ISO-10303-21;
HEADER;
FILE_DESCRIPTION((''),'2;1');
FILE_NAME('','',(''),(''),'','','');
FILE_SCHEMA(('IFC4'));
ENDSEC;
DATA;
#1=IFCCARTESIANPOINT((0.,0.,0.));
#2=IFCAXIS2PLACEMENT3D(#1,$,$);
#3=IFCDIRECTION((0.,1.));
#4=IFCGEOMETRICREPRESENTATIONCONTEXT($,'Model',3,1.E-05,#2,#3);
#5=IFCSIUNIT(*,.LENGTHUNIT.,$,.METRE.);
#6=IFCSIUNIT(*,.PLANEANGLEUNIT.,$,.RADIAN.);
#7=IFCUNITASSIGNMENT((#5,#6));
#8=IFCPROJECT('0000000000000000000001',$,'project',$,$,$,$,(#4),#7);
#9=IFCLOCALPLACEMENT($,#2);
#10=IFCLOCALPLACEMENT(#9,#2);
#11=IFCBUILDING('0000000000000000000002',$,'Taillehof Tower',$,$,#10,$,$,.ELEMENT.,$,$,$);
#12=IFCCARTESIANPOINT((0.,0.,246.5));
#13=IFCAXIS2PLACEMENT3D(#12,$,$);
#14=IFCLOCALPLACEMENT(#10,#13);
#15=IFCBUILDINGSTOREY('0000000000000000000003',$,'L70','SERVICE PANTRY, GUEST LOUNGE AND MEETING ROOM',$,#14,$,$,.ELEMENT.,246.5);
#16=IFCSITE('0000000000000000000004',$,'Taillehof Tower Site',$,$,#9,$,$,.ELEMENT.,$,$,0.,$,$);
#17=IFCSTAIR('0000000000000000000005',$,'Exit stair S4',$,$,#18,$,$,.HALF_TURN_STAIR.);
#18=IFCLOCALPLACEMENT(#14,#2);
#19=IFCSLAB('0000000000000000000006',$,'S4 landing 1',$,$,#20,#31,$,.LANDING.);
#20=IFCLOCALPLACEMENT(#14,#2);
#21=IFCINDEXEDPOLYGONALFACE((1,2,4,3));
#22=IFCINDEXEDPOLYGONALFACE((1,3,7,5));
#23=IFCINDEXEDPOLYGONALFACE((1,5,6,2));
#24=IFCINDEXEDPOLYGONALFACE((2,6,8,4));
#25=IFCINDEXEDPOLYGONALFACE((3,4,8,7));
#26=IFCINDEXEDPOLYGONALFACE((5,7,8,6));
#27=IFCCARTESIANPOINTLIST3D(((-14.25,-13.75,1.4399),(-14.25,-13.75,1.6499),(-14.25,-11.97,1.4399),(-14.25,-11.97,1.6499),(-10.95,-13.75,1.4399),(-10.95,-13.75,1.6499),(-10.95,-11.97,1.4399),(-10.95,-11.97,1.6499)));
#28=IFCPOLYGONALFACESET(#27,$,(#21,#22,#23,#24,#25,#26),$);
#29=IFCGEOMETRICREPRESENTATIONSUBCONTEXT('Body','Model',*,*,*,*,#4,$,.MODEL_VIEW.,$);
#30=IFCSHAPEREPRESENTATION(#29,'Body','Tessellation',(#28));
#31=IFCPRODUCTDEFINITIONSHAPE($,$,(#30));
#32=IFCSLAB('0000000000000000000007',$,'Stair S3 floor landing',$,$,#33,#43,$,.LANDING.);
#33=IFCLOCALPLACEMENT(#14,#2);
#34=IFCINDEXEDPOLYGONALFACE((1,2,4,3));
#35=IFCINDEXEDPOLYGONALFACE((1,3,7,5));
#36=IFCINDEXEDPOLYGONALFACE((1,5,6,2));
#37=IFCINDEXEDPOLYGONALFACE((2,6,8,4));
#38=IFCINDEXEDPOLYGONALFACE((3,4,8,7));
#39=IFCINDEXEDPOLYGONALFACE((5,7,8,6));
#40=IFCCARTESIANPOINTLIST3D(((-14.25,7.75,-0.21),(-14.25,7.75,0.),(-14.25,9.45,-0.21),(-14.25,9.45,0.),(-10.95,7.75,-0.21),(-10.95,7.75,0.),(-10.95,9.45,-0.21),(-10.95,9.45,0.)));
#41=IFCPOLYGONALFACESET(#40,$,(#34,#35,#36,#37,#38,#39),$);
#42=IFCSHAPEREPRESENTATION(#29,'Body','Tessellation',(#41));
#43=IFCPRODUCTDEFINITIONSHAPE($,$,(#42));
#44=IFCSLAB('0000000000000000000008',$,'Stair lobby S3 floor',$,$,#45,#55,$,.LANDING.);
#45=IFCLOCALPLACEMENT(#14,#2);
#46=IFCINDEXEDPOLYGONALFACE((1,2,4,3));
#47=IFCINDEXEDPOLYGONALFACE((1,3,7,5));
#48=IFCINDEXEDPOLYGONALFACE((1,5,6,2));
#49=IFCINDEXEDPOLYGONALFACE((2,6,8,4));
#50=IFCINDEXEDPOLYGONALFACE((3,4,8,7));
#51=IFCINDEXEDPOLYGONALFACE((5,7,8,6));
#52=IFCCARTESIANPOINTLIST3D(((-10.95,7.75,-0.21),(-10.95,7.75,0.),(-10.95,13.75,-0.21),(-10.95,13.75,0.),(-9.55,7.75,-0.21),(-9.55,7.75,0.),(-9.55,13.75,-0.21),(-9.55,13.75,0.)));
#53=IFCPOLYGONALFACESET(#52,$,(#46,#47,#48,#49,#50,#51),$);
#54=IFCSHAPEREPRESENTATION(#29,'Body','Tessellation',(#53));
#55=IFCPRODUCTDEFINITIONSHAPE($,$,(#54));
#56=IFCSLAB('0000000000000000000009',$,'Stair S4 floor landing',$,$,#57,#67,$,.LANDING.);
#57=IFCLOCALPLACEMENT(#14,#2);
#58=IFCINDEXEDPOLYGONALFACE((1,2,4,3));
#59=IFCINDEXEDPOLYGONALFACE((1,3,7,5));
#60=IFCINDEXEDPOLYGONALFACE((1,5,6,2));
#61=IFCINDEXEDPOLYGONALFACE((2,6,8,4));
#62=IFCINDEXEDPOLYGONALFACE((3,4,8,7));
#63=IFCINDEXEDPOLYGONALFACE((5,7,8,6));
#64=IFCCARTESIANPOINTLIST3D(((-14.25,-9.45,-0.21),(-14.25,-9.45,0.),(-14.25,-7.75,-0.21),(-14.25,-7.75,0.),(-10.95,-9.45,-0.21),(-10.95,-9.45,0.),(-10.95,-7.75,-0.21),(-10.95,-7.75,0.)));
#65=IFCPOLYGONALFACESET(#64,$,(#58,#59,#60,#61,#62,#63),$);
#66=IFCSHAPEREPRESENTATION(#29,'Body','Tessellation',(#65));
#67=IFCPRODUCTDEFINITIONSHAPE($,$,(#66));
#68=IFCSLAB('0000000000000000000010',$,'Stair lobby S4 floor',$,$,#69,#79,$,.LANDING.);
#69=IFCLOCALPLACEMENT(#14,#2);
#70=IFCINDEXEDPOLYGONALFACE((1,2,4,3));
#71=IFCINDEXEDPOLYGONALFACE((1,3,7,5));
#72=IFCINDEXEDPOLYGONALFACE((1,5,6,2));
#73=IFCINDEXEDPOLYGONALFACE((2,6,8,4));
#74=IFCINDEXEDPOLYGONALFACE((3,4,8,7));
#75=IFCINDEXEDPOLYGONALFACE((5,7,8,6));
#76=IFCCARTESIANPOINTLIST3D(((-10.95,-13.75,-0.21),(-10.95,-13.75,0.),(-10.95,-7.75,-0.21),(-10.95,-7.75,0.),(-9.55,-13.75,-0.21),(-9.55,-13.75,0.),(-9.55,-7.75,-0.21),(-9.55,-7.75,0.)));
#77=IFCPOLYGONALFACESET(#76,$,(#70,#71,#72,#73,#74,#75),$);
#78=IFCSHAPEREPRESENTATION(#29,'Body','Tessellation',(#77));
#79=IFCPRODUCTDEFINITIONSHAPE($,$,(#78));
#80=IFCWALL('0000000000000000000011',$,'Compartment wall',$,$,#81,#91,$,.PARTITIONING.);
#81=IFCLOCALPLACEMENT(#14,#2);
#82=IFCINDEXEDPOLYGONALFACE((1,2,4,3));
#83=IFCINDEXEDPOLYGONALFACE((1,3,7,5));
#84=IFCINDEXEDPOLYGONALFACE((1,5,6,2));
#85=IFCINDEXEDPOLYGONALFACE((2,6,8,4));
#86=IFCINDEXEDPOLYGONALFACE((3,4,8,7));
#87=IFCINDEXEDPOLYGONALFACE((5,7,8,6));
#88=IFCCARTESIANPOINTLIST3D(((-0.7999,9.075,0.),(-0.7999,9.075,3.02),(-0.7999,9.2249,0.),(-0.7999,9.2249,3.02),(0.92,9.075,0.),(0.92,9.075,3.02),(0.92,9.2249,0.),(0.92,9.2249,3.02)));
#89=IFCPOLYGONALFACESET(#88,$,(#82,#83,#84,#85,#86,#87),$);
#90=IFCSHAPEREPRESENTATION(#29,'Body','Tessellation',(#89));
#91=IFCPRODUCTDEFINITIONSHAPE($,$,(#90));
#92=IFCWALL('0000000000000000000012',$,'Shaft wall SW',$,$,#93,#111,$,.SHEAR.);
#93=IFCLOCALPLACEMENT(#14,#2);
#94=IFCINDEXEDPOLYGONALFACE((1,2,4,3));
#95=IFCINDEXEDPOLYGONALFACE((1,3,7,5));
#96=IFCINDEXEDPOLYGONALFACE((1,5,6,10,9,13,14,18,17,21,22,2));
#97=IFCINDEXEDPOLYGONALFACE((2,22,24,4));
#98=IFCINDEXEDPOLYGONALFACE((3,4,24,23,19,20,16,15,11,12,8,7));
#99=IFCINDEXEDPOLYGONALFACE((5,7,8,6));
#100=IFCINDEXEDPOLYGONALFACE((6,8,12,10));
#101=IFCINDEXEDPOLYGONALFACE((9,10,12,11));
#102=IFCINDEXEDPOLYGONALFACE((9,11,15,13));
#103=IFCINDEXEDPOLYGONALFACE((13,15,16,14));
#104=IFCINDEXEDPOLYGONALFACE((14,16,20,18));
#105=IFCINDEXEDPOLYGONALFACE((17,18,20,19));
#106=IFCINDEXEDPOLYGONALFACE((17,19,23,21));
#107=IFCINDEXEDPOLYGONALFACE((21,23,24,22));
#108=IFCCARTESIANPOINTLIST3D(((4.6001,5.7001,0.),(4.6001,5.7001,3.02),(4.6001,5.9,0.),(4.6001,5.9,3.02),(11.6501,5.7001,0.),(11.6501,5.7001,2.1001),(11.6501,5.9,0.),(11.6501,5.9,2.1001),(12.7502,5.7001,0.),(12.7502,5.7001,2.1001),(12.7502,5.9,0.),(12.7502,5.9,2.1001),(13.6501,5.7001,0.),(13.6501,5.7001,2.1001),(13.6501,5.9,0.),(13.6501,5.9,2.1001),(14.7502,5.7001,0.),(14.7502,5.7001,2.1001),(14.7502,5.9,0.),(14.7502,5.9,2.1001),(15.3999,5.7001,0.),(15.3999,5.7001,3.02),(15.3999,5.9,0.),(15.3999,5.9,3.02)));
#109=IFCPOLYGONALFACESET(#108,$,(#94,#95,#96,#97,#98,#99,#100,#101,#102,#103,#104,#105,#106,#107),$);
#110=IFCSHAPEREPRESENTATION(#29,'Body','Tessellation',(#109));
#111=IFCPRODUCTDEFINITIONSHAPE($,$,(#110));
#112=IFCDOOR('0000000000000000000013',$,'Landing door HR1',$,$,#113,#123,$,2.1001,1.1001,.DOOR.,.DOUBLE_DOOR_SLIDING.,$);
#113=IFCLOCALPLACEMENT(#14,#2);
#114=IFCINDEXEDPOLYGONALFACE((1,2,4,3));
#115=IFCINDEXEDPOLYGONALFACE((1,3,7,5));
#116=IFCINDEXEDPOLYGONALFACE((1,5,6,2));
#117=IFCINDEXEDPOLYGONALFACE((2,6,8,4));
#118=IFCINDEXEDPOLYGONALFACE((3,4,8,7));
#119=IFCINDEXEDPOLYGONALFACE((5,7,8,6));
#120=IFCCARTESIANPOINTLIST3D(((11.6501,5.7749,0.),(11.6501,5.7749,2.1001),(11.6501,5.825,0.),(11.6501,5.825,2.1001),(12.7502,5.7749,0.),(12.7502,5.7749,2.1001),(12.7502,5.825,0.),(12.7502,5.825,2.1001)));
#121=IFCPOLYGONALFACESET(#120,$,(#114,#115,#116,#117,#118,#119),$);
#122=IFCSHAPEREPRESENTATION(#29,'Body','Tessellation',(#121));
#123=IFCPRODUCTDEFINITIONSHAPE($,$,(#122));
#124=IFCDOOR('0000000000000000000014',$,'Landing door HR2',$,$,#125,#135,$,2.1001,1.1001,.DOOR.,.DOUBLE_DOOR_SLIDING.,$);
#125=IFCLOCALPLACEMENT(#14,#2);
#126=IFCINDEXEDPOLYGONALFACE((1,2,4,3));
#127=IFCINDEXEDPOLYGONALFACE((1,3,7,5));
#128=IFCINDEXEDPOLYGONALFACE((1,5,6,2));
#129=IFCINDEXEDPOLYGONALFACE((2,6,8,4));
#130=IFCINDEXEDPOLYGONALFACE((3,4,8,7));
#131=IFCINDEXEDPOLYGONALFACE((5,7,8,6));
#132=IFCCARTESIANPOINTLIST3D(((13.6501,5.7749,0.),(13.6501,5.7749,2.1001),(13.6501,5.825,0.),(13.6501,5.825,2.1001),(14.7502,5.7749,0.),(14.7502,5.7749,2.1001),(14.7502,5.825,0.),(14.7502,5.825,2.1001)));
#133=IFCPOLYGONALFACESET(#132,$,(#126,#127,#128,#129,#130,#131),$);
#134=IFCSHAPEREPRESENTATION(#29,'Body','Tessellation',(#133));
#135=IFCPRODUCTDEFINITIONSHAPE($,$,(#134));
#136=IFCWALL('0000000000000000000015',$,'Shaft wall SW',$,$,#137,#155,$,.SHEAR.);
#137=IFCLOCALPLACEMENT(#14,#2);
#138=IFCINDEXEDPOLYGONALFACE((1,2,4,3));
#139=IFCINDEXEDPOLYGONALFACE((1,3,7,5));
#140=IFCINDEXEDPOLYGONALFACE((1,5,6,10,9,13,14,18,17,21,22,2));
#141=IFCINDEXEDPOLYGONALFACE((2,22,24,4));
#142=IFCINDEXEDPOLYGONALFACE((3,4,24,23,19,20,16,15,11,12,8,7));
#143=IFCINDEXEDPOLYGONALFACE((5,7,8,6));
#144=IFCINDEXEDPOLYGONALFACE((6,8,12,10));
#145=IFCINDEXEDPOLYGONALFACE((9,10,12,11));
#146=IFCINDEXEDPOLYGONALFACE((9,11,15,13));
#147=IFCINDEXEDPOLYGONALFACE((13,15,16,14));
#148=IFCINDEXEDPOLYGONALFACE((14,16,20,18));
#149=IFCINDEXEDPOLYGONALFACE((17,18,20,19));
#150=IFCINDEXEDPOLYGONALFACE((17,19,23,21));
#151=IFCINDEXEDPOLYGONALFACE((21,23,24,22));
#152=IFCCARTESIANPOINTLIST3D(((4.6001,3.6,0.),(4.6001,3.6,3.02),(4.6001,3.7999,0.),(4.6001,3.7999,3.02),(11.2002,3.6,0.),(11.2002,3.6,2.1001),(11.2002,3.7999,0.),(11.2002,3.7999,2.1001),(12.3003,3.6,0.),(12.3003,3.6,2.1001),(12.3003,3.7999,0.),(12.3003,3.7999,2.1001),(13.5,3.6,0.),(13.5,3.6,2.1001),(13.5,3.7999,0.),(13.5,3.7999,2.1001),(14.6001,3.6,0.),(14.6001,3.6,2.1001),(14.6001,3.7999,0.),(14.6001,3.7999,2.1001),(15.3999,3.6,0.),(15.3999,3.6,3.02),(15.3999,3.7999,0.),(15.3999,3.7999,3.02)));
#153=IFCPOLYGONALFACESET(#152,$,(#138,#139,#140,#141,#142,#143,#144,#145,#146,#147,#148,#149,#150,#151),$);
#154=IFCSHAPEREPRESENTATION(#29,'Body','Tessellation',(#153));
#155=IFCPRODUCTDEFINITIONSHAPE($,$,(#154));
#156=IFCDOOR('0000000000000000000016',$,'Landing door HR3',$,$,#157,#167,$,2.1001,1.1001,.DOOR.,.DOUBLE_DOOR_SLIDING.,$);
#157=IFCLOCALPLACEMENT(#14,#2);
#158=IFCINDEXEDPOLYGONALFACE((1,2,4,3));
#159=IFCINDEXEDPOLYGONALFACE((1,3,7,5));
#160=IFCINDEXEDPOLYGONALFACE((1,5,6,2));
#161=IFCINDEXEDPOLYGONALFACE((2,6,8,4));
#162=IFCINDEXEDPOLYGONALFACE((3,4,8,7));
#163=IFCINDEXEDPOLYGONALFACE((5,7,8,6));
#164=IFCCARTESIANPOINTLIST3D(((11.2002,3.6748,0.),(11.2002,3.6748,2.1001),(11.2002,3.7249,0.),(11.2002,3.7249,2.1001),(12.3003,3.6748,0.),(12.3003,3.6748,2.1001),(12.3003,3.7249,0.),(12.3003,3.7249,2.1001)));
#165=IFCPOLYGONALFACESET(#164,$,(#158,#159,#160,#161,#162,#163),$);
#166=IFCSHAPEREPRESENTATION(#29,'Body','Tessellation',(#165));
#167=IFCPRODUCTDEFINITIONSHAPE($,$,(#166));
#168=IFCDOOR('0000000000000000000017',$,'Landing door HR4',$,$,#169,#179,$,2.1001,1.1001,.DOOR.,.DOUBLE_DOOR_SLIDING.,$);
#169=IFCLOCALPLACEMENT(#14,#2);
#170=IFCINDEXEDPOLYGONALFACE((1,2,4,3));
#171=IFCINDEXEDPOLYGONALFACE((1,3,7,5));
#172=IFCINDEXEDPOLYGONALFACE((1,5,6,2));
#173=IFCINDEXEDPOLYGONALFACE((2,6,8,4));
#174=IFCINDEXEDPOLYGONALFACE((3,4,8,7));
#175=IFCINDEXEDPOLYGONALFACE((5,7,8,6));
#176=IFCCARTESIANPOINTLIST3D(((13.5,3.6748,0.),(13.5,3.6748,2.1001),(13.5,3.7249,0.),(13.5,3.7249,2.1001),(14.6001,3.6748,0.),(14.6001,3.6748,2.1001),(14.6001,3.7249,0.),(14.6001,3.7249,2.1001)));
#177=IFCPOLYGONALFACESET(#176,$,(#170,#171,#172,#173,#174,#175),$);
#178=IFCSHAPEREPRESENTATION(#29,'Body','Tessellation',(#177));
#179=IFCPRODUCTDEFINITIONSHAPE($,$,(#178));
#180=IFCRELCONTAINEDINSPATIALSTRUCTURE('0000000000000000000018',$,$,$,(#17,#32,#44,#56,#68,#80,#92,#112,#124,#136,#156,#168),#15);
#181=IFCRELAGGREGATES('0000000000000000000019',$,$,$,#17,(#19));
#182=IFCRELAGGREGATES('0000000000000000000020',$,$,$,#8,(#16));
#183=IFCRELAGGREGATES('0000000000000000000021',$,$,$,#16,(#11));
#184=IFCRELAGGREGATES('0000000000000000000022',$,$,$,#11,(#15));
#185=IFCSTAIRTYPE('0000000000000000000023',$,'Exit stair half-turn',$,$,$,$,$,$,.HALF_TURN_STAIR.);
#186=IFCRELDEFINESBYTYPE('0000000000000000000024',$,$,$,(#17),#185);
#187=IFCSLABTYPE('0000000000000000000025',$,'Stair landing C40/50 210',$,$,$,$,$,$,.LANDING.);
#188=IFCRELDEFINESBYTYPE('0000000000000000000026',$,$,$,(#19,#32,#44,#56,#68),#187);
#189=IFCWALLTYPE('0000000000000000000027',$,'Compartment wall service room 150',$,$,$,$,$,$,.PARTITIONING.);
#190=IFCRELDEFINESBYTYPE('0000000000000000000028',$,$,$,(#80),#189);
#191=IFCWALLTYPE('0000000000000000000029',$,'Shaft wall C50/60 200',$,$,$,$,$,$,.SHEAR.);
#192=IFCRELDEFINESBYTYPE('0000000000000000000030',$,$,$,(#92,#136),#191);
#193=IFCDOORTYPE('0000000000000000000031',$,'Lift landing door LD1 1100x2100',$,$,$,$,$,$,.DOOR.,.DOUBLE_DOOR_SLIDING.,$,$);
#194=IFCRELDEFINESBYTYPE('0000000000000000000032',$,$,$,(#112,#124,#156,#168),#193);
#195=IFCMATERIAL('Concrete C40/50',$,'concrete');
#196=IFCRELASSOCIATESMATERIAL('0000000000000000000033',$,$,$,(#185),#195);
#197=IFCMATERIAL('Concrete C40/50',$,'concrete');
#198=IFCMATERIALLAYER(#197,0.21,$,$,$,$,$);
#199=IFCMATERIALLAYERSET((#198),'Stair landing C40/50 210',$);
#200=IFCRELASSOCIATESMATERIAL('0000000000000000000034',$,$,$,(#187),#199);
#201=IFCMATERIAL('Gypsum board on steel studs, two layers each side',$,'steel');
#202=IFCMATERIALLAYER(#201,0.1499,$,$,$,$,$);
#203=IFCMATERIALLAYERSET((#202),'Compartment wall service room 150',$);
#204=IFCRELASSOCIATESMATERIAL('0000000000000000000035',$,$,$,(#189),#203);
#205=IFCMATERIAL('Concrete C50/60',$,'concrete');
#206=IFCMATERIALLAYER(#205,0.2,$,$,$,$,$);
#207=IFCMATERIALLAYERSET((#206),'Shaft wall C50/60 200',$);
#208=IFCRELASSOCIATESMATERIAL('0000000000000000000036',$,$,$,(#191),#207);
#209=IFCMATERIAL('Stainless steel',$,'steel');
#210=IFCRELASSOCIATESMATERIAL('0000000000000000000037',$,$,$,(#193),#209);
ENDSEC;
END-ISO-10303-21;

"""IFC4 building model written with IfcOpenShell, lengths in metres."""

from ifc_helpers import new_model, si_unit, direction, frame, frame_2d, origin, place, context, subcontext, project, spatial, polyline, rectangle, outline, extrude, material, layer, layer_set, type_object, element, fill, aggregate, save


model = new_model("IFC4")

# Units and contexts
model_context = context("Model", 3, precision=1e-05, world=origin(), true_north=direction((0.0, 1.0)))
body_context = subcontext(model_context, "Body", "Model", "MODEL_VIEW")
ifc_project = project(units=[si_unit("LENGTHUNIT", "METRE"), si_unit("PLANEANGLEUNIT", "RADIAN")], contexts=[model_context])

# Site, building, storey
site_placement = place(None, origin())
site = spatial("IfcSite", under=ifc_project, at=site_placement, Name="Taillehof Tower Site", CompositionType="ELEMENT", RefElevation=0.0)
building_placement = place(site_placement, origin())
building = spatial("IfcBuilding", under=site, at=building_placement, Name="Taillehof Tower", CompositionType="ELEMENT")
storey_placement = place(building_placement, frame((0.0, 0.0, 246.5)))
storey = spatial("IfcBuildingStorey", under=building, at=storey_placement, Name="L70", Description="SERVICE PANTRY, GUEST LOUNGE AND MEETING ROOM", CompositionType="ELEMENT", Elevation=246.5)

# Stair, slab
ifc_material_1 = material(Name="Concrete C40/50", Category="concrete")
stair_type = type_object("IfcStairType", Name="Exit stair half-turn", PredefinedType="HALF_TURN_STAIR", material=ifc_material_1)
ifc_material_2 = material(Name="Concrete C40/50", Category="concrete")
ifc_layer_1 = layer(ifc_material_2, 0.21)
ifc_layer_set_1 = layer_set([ifc_layer_1], Name="Stair landing C40/50 210")
slab_type_1 = type_object("IfcSlabType", Name="Stair landing C40/50 210", PredefinedType="LANDING", material=ifc_layer_set_1)
stair_1_placement = place(storey_placement, origin())
stair_1 = element("IfcStair", 1, at=stair_1_placement, inside=storey, type_object=stair_type, Name="Exit stair S4", PredefinedType="HALF_TURN_STAIR")
slab_1_placement = place(storey_placement, frame((0.0, 0.0, 1.4399)))
slab_1 = element("IfcSlab", 2, at=slab_1_placement, type_object=slab_type_1, Name="S4 landing 1", PredefinedType="LANDING", context=body_context, shape_type="SweptSolid", body=[
    extrude(outline(polyline([(-14.25, -11.97), (-14.25, -13.75), (-10.95, -13.75), (-10.95, -11.97), (-14.25, -11.97)])), origin(), (0.0, 0.0, 1.0), 0.21),
])
aggregate(stair_1, [slab_1])

# Slabs
slab_2_placement = place(storey_placement, frame((0.0, 0.0, -0.21)))
element("IfcSlab", 3, at=slab_2_placement, inside=storey, type_object=slab_type_1, Name="Stair S3 floor landing", PredefinedType="LANDING", context=body_context, shape_type="SweptSolid", body=[
    extrude(outline(polyline([(-14.25, 7.75), (-14.25, 9.45), (-10.95, 9.45), (-10.95, 7.75), (-14.25, 7.75)])), origin(), (0.0, 0.0, 1.0), 0.21),
])
slab_3_placement = place(storey_placement, frame((0.0, 0.0, -0.21)))
element("IfcSlab", 4, at=slab_3_placement, inside=storey, type_object=slab_type_1, Name="Stair lobby S3 floor", PredefinedType="LANDING", context=body_context, shape_type="SweptSolid", body=[
    extrude(outline(polyline([(-10.95, 7.75), (-9.55, 7.75), (-9.55, 13.75), (-10.95, 13.75), (-10.95, 7.75)])), origin(), (0.0, 0.0, 1.0), 0.21),
])
slab_4_placement = place(storey_placement, frame((0.0, 0.0, -0.21)))
element("IfcSlab", 5, at=slab_4_placement, inside=storey, type_object=slab_type_1, Name="Stair S4 floor landing", PredefinedType="LANDING", context=body_context, shape_type="SweptSolid", body=[
    extrude(outline(polyline([(-14.25, -7.75), (-14.25, -9.45), (-10.95, -9.45), (-10.95, -7.75), (-14.25, -7.75)])), origin(), (0.0, 0.0, 1.0), 0.21),
])
slab_5_placement = place(storey_placement, frame((0.0, 0.0, -0.21)))
element("IfcSlab", 6, at=slab_5_placement, inside=storey, type_object=slab_type_1, Name="Stair lobby S4 floor", PredefinedType="LANDING", context=body_context, shape_type="SweptSolid", body=[
    extrude(outline(polyline([(-10.95, -13.75), (-9.55, -13.75), (-9.55, -7.75), (-10.95, -7.75), (-10.95, -13.75)])), origin(), (0.0, 0.0, 1.0), 0.21),
])

# Wall
ifc_material_3 = material(Name="Gypsum board on steel studs, two layers each side", Category="steel")
ifc_layer_2 = layer(ifc_material_3, 0.1499)
ifc_layer_set_2 = layer_set([ifc_layer_2], Name="Compartment wall service room 150")
wall_type_1 = type_object("IfcWallType", Name="Compartment wall service room 150", PredefinedType="PARTITIONING", material=ifc_layer_set_2)
wall_1_placement = place(storey_placement, frame((0.9199, 9.1499, 0.0), z_axis=(0.0, 0.0, 1.0), x_axis=(-1.0, 0.0, 0.0)))
element("IfcWall", 7, at=wall_1_placement, inside=storey, type_object=wall_type_1, Name="Compartment wall", PredefinedType="PARTITIONING", context=body_context, shape_type="SweptSolid", body=[
    extrude(rectangle(XDim=1.72, YDim=0.1499, at=frame_2d((0.8599, 0.0))), origin(), (0.0, 0.0, 1.0), 3.02),
])

# Walls, openings, doors
ifc_material_4 = material(Name="Concrete C50/60", Category="concrete")
ifc_layer_3 = layer(ifc_material_4, 0.2)
ifc_layer_set_3 = layer_set([ifc_layer_3], Name="Shaft wall C50/60 200")
wall_type_2 = type_object("IfcWallType", Name="Shaft wall C50/60 200", PredefinedType="SHEAR", material=ifc_layer_set_3)
wall_2_placement = place(storey_placement, frame((4.6001, 5.8, 0.0), z_axis=(0.0, 0.0, 1.0), x_axis=(1.0, 0.0, 0.0)))
wall_2 = element("IfcWall", 8, at=wall_2_placement, inside=storey, type_object=wall_type_2, Name="Shaft wall SW", PredefinedType="SHEAR", context=body_context, shape_type="SweptSolid", body=[
    extrude(rectangle(XDim=10.7998, YDim=0.2, at=frame_2d((5.3999, 0.0))), origin(), (0.0, 0.0, 1.0), 3.02),
])
opening_1_placement = place(wall_2_placement, frame((7.05, 0.0, 0.0)))
opening_1 = element("IfcOpeningElement", 9, at=opening_1_placement, cuts=wall_2, PredefinedType="OPENING", context=body_context, shape_type="SweptSolid", body=[
    extrude(rectangle(XDim=1.1001, YDim=2.1001, at=frame_2d((0.55, 1.05))), frame((0.0, 0.1099, 0.0), z_axis=(0.0, -1.0, 0.0), x_axis=(1.0, 0.0, 0.0)), (0.0, 0.0, 1.0), 0.22),
])
opening_2_placement = place(wall_2_placement, frame((9.05, 0.0, 0.0)))
opening_2 = element("IfcOpeningElement", 10, at=opening_2_placement, cuts=wall_2, PredefinedType="OPENING", context=body_context, shape_type="SweptSolid", body=[
    extrude(rectangle(XDim=1.1001, YDim=2.1001, at=frame_2d((0.55, 1.05))), frame((0.0, 0.1099, 0.0), z_axis=(0.0, -1.0, 0.0), x_axis=(1.0, 0.0, 0.0)), (0.0, 0.0, 1.0), 0.22),
])
ifc_material_5 = material(Name="Stainless steel", Category="steel")
door_type_1 = type_object("IfcDoorType", Name="Lift landing door LD1 1100x2100", OperationType="DOUBLE_DOOR_SLIDING", PredefinedType="DOOR", material=ifc_material_5)
door_1_placement = place(opening_1_placement, origin())
door_1 = element("IfcDoor", 11, at=door_1_placement, inside=storey, type_object=door_type_1, Name="Landing door HR1", OperationType="DOUBLE_DOOR_SLIDING", OverallHeight=2.1001, OverallWidth=1.1001, PredefinedType="DOOR", context=body_context, shape_type="SweptSolid", body=[
    extrude(rectangle(XDim=1.1001, YDim=2.1001, at=frame_2d((0.55, 1.05))), frame((0.0, 0.0249, 0.0), z_axis=(0.0, -1.0, 0.0), x_axis=(1.0, 0.0, 0.0)), (0.0, 0.0, 1.0), 0.05),
])
fill(opening_1, door_1)
door_2_placement = place(opening_2_placement, origin())
door_2 = element("IfcDoor", 12, at=door_2_placement, inside=storey, type_object=door_type_1, Name="Landing door HR2", OperationType="DOUBLE_DOOR_SLIDING", OverallHeight=2.1001, OverallWidth=1.1001, PredefinedType="DOOR", context=body_context, shape_type="SweptSolid", body=[
    extrude(rectangle(XDim=1.1001, YDim=2.1001, at=frame_2d((0.55, 1.05))), frame((0.0, 0.0249, 0.0), z_axis=(0.0, -1.0, 0.0), x_axis=(1.0, 0.0, 0.0)), (0.0, 0.0, 1.0), 0.05),
])
fill(opening_2, door_2)
wall_3_placement = place(storey_placement, frame((4.6001, 3.7, 0.0), z_axis=(0.0, 0.0, 1.0), x_axis=(1.0, 0.0, 0.0)))
wall_3 = element("IfcWall", 13, at=wall_3_placement, inside=storey, type_object=wall_type_2, Name="Shaft wall SW", PredefinedType="SHEAR", context=body_context, shape_type="SweptSolid", body=[
    extrude(rectangle(XDim=10.7998, YDim=0.2, at=frame_2d((5.3999, 0.0))), origin(), (0.0, 0.0, 1.0), 3.02),
])
opening_3_placement = place(wall_3_placement, frame((6.6001, 0.0, 0.0)))
opening_3 = element("IfcOpeningElement", 14, at=opening_3_placement, cuts=wall_3, PredefinedType="OPENING", context=body_context, shape_type="SweptSolid", body=[
    extrude(rectangle(XDim=1.1001, YDim=2.1001, at=frame_2d((0.55, 1.05))), frame((0.0, 0.1099, 0.0), z_axis=(0.0, -1.0, 0.0), x_axis=(1.0, 0.0, 0.0)), (0.0, 0.0, 1.0), 0.22),
])
opening_4_placement = place(wall_3_placement, frame((8.8999, 0.0, 0.0)))
opening_4 = element("IfcOpeningElement", 15, at=opening_4_placement, cuts=wall_3, PredefinedType="OPENING", context=body_context, shape_type="SweptSolid", body=[
    extrude(rectangle(XDim=1.1001, YDim=2.1001, at=frame_2d((0.55, 1.05))), frame((0.0, 0.1099, 0.0), z_axis=(0.0, -1.0, 0.0), x_axis=(1.0, 0.0, 0.0)), (0.0, 0.0, 1.0), 0.22),
])
door_3_placement = place(opening_3_placement, origin())
door_3 = element("IfcDoor", 16, at=door_3_placement, inside=storey, type_object=door_type_1, Name="Landing door HR3", OperationType="DOUBLE_DOOR_SLIDING", OverallHeight=2.1001, OverallWidth=1.1001, PredefinedType="DOOR", context=body_context, shape_type="SweptSolid", body=[
    extrude(rectangle(XDim=1.1001, YDim=2.1001, at=frame_2d((0.55, 1.05))), frame((0.0, 0.0249, 0.0), z_axis=(0.0, -1.0, 0.0), x_axis=(1.0, 0.0, 0.0)), (0.0, 0.0, 1.0), 0.05),
])
fill(opening_3, door_3)
door_4_placement = place(opening_4_placement, origin())
door_4 = element("IfcDoor", 17, at=door_4_placement, inside=storey, type_object=door_type_1, Name="Landing door HR4", OperationType="DOUBLE_DOOR_SLIDING", OverallHeight=2.1001, OverallWidth=1.1001, PredefinedType="DOOR", context=body_context, shape_type="SweptSolid", body=[
    extrude(rectangle(XDim=1.1001, YDim=2.1001, at=frame_2d((0.55, 1.05))), frame((0.0, 0.0249, 0.0), z_axis=(0.0, -1.0, 0.0), x_axis=(1.0, 0.0, 0.0)), (0.0, 0.0, 1.0), 0.05),
])
fill(opening_4, door_4)

save(model, "model.ifc")
